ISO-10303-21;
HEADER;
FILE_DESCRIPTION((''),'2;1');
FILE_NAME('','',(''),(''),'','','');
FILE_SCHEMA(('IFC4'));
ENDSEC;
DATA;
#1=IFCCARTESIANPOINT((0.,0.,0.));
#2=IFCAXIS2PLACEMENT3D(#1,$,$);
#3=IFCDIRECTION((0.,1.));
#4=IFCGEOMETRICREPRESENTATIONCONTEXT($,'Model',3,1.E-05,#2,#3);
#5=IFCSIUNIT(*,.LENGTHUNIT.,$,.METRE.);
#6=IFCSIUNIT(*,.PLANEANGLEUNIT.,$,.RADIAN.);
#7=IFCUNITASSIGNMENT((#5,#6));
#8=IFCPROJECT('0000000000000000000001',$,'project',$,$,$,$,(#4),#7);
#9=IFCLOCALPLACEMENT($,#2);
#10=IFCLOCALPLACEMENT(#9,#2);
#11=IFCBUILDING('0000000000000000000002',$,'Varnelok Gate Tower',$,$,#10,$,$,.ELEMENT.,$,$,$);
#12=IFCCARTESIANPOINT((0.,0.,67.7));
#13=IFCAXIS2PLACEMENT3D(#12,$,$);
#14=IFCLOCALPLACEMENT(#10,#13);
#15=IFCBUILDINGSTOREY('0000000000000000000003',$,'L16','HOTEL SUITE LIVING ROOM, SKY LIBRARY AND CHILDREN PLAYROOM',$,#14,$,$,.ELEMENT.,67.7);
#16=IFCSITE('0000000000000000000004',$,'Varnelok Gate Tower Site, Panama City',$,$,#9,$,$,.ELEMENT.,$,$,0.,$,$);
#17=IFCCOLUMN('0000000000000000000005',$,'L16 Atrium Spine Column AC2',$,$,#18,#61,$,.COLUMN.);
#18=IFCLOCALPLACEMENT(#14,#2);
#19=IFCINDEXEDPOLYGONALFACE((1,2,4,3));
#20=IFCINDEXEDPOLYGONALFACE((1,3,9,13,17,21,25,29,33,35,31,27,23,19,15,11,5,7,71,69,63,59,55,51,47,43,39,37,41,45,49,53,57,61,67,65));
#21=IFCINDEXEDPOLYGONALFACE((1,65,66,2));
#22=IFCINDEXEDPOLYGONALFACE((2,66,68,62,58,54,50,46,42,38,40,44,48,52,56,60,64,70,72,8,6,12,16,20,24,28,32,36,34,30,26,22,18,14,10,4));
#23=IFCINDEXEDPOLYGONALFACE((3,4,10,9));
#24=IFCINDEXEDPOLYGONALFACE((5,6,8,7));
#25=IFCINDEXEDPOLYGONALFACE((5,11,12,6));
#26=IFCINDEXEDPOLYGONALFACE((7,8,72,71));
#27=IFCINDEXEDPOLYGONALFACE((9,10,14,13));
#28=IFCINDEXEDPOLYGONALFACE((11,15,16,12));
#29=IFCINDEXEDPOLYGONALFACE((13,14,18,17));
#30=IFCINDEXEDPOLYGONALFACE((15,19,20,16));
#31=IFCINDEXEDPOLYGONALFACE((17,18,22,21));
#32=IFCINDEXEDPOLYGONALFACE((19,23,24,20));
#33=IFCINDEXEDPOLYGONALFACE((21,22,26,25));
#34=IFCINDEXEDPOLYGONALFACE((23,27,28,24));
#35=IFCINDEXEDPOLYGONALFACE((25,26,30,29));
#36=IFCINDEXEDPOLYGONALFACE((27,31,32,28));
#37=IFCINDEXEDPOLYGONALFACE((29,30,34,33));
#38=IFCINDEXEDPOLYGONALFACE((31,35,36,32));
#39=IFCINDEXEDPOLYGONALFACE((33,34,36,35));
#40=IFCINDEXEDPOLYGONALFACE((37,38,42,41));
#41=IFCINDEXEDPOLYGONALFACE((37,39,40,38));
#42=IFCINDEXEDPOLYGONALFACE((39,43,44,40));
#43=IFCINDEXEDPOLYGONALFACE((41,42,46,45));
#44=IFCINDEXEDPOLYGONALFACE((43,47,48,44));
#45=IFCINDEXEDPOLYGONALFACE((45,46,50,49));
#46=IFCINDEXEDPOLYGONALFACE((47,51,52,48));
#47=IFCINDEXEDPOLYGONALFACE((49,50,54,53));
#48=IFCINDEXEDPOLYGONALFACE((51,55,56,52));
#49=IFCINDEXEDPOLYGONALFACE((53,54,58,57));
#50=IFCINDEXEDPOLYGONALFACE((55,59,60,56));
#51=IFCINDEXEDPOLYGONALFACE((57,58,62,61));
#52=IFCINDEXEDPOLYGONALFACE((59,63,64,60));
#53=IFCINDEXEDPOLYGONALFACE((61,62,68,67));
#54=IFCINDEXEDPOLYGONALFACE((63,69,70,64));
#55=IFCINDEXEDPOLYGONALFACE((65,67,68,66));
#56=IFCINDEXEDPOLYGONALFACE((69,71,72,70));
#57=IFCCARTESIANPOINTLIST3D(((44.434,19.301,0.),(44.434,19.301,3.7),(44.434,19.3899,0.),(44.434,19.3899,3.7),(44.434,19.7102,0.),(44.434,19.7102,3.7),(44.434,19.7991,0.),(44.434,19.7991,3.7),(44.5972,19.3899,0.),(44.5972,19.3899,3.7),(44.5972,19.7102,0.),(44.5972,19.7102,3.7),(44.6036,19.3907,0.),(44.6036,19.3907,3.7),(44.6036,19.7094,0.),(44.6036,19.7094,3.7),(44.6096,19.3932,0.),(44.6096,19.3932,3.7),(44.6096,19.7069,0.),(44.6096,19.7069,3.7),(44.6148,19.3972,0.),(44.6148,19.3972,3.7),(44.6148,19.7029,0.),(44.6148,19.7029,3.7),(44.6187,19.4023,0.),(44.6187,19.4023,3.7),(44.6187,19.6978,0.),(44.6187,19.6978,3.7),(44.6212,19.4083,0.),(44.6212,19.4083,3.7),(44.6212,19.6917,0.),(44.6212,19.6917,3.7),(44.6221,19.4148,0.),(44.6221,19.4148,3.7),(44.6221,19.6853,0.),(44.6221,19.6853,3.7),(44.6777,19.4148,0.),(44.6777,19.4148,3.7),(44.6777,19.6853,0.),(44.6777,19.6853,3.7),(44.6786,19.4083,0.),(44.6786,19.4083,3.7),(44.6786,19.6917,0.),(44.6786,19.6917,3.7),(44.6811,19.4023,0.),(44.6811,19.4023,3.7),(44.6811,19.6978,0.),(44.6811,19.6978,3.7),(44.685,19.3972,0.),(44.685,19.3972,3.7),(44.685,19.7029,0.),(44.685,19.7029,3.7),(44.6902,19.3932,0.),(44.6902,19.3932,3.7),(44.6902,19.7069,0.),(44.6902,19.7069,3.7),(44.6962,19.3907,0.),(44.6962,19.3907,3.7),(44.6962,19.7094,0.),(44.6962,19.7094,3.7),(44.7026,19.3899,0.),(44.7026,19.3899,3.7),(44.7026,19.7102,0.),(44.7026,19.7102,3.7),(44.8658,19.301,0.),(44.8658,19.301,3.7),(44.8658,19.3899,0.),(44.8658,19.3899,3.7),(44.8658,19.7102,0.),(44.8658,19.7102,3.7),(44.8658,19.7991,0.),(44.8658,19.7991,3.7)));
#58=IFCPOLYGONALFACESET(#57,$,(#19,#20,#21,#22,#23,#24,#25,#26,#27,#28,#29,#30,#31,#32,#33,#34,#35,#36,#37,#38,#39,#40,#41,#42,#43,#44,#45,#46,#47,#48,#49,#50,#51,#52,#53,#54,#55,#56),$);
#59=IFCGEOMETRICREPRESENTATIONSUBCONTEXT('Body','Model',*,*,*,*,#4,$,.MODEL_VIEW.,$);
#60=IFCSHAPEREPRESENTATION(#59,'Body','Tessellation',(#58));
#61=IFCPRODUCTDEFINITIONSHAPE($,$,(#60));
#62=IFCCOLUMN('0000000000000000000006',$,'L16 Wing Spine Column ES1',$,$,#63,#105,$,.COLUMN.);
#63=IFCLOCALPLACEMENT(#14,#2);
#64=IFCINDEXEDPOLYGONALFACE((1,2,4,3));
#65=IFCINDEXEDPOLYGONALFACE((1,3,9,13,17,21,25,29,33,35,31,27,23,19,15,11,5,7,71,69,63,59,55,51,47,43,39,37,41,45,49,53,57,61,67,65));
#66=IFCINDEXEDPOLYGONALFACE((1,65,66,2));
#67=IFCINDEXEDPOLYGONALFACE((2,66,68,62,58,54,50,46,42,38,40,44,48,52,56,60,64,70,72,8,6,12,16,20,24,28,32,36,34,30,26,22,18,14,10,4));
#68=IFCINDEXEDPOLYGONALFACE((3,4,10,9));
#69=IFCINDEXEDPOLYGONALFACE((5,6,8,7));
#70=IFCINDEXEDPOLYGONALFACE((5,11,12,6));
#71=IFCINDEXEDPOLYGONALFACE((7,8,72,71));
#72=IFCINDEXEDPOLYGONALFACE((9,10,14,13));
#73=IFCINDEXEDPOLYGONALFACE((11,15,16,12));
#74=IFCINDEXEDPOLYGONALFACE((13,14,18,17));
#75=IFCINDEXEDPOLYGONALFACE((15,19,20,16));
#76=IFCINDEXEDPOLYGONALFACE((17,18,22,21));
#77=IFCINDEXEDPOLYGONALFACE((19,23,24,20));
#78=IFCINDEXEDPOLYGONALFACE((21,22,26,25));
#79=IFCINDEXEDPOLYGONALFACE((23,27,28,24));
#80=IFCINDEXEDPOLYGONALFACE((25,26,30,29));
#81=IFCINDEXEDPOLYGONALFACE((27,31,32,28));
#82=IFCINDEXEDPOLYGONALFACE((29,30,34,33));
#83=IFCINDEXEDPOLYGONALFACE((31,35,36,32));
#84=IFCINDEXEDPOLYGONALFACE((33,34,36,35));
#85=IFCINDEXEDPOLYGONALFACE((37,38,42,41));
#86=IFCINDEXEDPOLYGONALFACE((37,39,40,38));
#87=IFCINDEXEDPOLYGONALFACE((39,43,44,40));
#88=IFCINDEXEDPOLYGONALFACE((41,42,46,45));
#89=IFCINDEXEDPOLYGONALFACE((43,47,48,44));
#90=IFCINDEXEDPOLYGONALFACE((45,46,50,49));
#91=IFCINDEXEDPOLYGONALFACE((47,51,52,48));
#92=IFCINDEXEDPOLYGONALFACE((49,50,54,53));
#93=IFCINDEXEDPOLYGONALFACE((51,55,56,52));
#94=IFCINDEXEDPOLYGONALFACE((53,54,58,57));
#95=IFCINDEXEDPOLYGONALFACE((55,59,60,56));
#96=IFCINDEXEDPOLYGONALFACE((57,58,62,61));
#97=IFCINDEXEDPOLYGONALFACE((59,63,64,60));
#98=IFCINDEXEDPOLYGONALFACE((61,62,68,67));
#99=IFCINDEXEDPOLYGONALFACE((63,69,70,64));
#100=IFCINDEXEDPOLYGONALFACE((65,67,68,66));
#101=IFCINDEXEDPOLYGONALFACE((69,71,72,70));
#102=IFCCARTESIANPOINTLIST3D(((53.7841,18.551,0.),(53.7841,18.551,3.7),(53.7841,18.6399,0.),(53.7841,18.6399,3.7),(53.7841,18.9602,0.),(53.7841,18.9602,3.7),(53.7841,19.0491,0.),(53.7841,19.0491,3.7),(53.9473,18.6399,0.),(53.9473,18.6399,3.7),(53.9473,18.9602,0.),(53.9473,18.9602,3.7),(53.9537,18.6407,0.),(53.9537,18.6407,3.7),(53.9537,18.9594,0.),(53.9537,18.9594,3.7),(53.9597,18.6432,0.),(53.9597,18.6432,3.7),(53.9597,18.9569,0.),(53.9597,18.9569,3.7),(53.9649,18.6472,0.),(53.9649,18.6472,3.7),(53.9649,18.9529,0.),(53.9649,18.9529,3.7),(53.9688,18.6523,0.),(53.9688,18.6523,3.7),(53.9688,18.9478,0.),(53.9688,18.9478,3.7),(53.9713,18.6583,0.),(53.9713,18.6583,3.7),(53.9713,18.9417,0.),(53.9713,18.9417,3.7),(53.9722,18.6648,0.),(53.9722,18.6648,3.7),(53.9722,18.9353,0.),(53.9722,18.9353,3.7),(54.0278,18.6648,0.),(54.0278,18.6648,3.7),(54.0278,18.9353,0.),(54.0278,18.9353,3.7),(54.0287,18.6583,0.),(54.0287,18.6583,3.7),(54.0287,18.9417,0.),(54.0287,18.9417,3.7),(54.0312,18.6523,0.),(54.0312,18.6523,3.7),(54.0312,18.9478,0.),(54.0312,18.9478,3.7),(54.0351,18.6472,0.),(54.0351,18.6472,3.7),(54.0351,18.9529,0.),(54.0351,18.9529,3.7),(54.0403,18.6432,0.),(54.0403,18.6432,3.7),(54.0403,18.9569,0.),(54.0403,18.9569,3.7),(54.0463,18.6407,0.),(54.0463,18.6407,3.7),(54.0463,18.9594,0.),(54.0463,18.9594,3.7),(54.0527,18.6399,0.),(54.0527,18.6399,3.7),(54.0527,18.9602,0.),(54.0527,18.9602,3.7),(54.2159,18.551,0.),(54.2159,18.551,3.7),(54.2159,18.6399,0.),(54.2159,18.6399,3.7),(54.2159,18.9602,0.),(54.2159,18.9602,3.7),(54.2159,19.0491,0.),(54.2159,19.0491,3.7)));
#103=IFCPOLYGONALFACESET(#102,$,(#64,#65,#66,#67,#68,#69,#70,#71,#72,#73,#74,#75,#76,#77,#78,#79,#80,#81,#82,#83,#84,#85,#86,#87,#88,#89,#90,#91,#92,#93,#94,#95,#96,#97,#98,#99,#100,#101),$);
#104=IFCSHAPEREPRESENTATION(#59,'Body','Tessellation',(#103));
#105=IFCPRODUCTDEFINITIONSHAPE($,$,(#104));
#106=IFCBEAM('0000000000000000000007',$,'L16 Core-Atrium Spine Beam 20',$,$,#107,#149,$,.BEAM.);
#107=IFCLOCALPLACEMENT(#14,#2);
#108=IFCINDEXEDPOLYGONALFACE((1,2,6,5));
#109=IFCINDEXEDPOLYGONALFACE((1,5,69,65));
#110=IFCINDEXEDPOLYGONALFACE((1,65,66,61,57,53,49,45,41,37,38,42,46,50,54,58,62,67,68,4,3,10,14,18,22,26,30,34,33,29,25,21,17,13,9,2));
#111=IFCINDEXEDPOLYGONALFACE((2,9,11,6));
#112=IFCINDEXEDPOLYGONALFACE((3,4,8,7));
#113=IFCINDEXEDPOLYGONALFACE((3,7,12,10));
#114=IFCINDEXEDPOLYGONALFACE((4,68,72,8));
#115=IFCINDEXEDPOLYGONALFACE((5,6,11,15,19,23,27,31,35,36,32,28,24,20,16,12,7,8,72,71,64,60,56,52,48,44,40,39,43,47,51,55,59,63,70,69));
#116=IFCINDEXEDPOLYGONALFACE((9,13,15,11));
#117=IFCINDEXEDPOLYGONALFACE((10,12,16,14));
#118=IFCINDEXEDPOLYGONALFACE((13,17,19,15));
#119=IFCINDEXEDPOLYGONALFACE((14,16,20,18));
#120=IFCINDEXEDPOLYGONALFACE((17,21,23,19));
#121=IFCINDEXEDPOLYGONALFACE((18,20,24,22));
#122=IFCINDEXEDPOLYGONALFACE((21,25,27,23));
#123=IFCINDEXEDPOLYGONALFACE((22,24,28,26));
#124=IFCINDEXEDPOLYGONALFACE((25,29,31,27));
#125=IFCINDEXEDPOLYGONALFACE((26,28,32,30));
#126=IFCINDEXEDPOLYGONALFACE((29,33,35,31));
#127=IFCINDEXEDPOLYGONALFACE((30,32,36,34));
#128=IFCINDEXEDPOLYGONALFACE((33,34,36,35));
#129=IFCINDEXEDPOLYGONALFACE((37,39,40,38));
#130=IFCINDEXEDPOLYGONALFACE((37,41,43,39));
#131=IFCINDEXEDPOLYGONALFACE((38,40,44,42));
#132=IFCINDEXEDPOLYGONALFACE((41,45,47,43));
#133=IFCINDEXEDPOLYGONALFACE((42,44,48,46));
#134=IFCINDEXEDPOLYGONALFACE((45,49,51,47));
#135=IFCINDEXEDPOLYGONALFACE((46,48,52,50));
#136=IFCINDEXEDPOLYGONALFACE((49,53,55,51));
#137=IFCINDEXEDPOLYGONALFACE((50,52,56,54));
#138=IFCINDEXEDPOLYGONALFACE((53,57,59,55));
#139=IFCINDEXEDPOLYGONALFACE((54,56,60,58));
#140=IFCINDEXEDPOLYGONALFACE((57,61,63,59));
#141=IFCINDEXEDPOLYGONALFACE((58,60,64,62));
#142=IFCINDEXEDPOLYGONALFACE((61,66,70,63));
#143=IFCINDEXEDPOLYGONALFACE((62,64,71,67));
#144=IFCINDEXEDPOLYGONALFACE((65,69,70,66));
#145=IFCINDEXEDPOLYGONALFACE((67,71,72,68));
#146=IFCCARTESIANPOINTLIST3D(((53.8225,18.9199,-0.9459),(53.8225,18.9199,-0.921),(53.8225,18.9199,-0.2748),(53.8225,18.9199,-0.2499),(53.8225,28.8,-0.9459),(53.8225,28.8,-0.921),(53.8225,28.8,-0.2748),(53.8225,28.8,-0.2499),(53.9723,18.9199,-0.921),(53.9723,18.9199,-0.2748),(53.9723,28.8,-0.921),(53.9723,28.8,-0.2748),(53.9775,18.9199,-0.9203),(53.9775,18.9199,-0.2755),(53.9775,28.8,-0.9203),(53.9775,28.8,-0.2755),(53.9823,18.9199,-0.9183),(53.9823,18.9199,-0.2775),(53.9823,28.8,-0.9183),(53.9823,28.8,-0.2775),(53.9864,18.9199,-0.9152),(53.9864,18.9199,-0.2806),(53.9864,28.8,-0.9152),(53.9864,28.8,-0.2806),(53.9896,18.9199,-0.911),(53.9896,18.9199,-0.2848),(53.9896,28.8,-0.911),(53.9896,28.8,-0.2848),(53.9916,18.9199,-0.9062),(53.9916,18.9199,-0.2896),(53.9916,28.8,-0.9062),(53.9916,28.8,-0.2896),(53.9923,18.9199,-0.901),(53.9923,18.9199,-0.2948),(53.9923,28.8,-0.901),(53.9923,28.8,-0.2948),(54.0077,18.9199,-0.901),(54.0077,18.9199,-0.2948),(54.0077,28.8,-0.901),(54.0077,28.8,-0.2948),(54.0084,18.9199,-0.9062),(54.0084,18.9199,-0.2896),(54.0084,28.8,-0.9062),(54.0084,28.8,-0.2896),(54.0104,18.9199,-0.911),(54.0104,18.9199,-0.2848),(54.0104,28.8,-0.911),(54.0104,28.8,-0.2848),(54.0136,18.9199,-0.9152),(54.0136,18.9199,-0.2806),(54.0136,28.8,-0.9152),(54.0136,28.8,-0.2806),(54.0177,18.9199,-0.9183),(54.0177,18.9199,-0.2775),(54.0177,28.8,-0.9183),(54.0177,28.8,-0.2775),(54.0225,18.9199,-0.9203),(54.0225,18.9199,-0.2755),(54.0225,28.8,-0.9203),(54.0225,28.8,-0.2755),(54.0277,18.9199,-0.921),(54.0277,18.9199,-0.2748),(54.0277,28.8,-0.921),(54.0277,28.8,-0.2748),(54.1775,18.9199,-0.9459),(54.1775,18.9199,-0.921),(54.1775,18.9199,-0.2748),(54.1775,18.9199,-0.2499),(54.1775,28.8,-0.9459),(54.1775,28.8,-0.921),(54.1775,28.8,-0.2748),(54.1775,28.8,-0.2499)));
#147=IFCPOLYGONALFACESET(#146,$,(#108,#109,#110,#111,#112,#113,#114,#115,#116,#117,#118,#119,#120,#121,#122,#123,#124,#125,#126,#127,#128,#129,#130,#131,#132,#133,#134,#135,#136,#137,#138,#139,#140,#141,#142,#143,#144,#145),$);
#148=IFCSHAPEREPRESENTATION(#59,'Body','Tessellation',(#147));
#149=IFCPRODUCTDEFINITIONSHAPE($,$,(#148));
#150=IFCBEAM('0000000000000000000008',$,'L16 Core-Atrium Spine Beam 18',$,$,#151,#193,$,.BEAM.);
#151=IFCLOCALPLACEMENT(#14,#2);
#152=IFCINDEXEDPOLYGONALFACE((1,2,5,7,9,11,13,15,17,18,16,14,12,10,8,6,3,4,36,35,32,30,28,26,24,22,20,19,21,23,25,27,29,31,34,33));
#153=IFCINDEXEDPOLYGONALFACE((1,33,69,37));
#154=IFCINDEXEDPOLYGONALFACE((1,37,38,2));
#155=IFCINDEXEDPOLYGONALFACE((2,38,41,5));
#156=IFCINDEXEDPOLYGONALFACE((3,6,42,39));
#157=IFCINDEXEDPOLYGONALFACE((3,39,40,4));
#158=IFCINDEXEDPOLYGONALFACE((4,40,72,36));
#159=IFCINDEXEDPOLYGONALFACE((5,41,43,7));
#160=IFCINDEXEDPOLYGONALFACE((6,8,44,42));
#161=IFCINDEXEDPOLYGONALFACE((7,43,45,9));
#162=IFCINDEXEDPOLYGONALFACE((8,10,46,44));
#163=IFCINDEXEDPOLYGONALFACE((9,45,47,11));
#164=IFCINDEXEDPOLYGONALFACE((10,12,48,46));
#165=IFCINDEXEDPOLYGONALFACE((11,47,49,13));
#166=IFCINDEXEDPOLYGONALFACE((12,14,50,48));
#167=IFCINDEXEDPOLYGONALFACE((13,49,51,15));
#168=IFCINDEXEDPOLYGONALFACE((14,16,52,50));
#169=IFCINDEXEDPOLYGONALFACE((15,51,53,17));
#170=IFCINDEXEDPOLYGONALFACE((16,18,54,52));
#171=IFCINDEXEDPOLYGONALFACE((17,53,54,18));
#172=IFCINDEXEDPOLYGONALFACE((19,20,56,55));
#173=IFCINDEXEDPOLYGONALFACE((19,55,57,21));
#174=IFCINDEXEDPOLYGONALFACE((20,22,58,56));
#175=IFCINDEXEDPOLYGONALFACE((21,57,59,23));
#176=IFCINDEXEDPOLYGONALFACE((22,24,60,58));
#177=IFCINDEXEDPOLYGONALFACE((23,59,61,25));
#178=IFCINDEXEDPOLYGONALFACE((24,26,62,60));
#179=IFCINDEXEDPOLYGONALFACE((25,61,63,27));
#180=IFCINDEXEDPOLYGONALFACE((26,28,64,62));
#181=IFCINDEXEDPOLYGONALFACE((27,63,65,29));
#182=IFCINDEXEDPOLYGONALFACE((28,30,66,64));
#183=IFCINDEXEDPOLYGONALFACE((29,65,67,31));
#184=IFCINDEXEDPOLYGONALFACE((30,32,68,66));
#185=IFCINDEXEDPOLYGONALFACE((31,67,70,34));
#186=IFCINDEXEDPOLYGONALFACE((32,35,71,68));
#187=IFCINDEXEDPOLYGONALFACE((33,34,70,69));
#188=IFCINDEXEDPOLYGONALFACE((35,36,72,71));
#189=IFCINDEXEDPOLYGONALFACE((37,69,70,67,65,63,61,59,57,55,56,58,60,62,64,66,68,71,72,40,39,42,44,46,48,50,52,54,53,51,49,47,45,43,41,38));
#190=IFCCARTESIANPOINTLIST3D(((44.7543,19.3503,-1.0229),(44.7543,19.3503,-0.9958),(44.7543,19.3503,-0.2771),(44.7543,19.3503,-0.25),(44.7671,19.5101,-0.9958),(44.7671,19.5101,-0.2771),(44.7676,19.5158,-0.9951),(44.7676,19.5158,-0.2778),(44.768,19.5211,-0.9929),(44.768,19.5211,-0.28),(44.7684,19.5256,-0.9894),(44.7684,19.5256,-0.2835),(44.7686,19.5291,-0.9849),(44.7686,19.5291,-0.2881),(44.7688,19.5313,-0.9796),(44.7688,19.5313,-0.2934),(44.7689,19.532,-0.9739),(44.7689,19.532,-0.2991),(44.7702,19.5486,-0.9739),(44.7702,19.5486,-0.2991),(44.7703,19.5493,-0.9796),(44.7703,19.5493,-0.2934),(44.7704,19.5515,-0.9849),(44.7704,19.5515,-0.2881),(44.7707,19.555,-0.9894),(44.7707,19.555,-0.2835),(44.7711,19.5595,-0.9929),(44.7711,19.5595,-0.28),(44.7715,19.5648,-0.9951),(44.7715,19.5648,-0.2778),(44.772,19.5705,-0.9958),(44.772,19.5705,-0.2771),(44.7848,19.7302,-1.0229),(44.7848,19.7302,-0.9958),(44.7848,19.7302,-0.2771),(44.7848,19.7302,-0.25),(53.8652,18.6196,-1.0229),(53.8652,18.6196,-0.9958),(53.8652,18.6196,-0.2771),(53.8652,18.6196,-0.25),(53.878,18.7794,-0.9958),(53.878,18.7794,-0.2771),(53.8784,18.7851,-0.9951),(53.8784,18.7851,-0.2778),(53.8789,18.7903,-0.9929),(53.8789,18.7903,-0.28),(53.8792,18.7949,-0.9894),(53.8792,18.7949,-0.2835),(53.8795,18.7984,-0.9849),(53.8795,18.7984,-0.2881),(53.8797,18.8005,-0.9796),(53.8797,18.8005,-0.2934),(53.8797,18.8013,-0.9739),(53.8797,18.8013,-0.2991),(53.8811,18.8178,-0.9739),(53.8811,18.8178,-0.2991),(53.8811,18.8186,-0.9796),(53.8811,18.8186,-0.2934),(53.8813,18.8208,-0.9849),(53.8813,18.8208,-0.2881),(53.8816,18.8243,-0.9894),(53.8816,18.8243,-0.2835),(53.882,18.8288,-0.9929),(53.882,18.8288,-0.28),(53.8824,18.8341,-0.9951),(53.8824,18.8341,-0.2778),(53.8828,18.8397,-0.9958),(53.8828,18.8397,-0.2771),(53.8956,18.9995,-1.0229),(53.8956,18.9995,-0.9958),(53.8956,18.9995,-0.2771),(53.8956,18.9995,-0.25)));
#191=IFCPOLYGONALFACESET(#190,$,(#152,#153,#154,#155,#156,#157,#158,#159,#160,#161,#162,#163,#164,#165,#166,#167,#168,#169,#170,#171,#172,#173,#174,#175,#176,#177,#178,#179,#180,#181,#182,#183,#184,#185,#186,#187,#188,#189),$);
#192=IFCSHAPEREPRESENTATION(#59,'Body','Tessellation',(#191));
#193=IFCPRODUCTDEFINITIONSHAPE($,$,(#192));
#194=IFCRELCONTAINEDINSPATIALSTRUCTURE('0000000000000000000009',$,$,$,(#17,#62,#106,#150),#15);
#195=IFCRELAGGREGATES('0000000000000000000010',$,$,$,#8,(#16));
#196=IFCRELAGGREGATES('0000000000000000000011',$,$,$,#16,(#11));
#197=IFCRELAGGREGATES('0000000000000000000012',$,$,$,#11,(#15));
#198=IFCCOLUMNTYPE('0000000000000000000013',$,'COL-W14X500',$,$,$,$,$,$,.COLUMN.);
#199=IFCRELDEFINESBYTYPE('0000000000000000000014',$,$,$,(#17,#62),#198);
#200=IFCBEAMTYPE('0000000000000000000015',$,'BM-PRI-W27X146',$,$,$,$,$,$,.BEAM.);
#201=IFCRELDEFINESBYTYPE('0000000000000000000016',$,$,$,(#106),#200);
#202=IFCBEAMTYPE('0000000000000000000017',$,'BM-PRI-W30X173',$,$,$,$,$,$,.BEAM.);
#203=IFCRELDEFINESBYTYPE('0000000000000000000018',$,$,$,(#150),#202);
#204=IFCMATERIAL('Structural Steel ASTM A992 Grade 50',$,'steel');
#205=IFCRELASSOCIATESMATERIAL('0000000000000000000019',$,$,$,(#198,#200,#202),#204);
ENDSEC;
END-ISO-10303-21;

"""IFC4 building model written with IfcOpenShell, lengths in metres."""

from ifc_helpers import new_model, si_unit, direction, frame, origin, origin_2d, place, context, subcontext, project, spatial, i_section, extrude, material, material_profile, profile_set, type_object, element, save


model = new_model("IFC4")

# Units and contexts
model_context = context("Model", 3, precision=1e-05, world=origin(), true_north=direction((0.0, 1.0)))
body_context = subcontext(model_context, "Body", "Model", "MODEL_VIEW")
ifc_project = project(units=[si_unit("LENGTHUNIT", "METRE"), si_unit("PLANEANGLEUNIT", "RADIAN")], contexts=[model_context])

# Site, building, storey
site_placement = place(None, origin())
site = spatial("IfcSite", under=ifc_project, at=site_placement, Name="Varnelok Gate Tower Site, Panama City", CompositionType="ELEMENT", RefElevation=0.0)
building_placement = place(site_placement, origin())
building = spatial("IfcBuilding", under=site, at=building_placement, Name="Varnelok Gate Tower", CompositionType="ELEMENT")
storey_placement = place(building_placement, frame((0.0, 0.0, 67.7)))
storey = spatial("IfcBuildingStorey", under=building, at=storey_placement, Name="L16", Description="HOTEL SUITE LIVING ROOM, SKY LIBRARY AND CHILDREN PLAYROOM", CompositionType="ELEMENT", Elevation=67.7)

# Columns
ifc_material_1 = material(Name="Structural Steel ASTM A992 Grade 50", Category="steel")
ifc_material_profile_1 = material_profile(ifc_material_1, i_section(OverallWidth=0.4319, OverallDepth=0.498, WebThickness=0.0557, FlangeThickness=0.0889, FilletRadius=0.0249, at=origin_2d()), Name="W14X500")
ifc_profile_set_1 = profile_set([ifc_material_profile_1], Name="Structural Steel ASTM A992 Grade 50")
column_type = type_object("IfcColumnType", Name="COL-W14X500", PredefinedType="COLUMN", material=ifc_profile_set_1)
for number, where, z_axis, x_axis, name in (
    (1, (44.6499, 19.55, 0.0), (0.0, 0.0, 1.0), (1.0, 0.0, 0.0), "L16 Atrium Spine Column AC2"),
    (2, (54.0, 18.8, 0.0), (0.0, 0.0, 1.0), (1.0, 0.0, 0.0), "L16 Wing Spine Column ES1"),
):
    element("IfcColumn", number, at=place(storey_placement, frame(where, z_axis=z_axis, x_axis=x_axis)), inside=storey, type_object=column_type, Name=name, PredefinedType="COLUMN", context=body_context, shape_type="SweptSolid", body=[
        extrude(i_section(OverallWidth=0.4319, OverallDepth=0.498, WebThickness=0.0557, FlangeThickness=0.0889, FilletRadius=0.0249, at=origin_2d()), origin(), (0.0, 0.0, 1.0), 3.7),
    ])

# Beams
ifc_material_profile_2 = material_profile(ifc_material_1, i_section(OverallWidth=0.355, OverallDepth=0.696, WebThickness=0.0154, FlangeThickness=0.0249, FilletRadius=0.02, at=origin_2d()), Name="W27X146")
ifc_profile_set_2 = profile_set([ifc_material_profile_2], Name="Structural Steel ASTM A992 Grade 50")
beam_type_1 = type_object("IfcBeamType", Name="BM-PRI-W27X146", PredefinedType="BEAM", material=ifc_profile_set_2)
beam_1_placement = place(storey_placement, frame((54.0, 18.9199, -0.5979), z_axis=(0.0, 1.0, 0.0), x_axis=(-1.0, 0.0, 0.0)))
element("IfcBeam", 3, at=beam_1_placement, inside=storey, type_object=beam_type_1, Name="L16 Core-Atrium Spine Beam 20", PredefinedType="BEAM", context=body_context, shape_type="SweptSolid", body=[
    extrude(i_section(OverallWidth=0.355, OverallDepth=0.696, WebThickness=0.0154, FlangeThickness=0.0249, FilletRadius=0.02, at=origin_2d()), origin(), (0.0, 0.0, 1.0), 9.8801),
])
ifc_material_profile_3 = material_profile(ifc_material_1, i_section(OverallWidth=0.3811, OverallDepth=0.7729, WebThickness=0.0166, FlangeThickness=0.0271, FilletRadius=0.022, at=origin_2d()), Name="W30X173")
ifc_profile_set_3 = profile_set([ifc_material_profile_3], Name="Structural Steel ASTM A992 Grade 50")
beam_type_2 = type_object("IfcBeamType", Name="BM-PRI-W30X173", PredefinedType="BEAM", material=ifc_profile_set_3)
beam_2_placement = place(storey_placement, frame((44.7695, 19.5403, -0.6365), z_axis=(0.996799, -0.079946, 0.0), x_axis=(0.079946, 0.996799, 0.0)))
element("IfcBeam", 4, at=beam_2_placement, inside=storey, type_object=beam_type_2, Name="L16 Core-Atrium Spine Beam 18", PredefinedType="BEAM", context=body_context, shape_type="SweptSolid", body=[
    extrude(i_section(OverallWidth=0.3811, OverallDepth=0.7729, WebThickness=0.0166, FlangeThickness=0.0271, FilletRadius=0.022, at=origin_2d()), origin(), (0.0, 0.0, 1.0), 9.1401),
])

save(model, "model.ifc")
